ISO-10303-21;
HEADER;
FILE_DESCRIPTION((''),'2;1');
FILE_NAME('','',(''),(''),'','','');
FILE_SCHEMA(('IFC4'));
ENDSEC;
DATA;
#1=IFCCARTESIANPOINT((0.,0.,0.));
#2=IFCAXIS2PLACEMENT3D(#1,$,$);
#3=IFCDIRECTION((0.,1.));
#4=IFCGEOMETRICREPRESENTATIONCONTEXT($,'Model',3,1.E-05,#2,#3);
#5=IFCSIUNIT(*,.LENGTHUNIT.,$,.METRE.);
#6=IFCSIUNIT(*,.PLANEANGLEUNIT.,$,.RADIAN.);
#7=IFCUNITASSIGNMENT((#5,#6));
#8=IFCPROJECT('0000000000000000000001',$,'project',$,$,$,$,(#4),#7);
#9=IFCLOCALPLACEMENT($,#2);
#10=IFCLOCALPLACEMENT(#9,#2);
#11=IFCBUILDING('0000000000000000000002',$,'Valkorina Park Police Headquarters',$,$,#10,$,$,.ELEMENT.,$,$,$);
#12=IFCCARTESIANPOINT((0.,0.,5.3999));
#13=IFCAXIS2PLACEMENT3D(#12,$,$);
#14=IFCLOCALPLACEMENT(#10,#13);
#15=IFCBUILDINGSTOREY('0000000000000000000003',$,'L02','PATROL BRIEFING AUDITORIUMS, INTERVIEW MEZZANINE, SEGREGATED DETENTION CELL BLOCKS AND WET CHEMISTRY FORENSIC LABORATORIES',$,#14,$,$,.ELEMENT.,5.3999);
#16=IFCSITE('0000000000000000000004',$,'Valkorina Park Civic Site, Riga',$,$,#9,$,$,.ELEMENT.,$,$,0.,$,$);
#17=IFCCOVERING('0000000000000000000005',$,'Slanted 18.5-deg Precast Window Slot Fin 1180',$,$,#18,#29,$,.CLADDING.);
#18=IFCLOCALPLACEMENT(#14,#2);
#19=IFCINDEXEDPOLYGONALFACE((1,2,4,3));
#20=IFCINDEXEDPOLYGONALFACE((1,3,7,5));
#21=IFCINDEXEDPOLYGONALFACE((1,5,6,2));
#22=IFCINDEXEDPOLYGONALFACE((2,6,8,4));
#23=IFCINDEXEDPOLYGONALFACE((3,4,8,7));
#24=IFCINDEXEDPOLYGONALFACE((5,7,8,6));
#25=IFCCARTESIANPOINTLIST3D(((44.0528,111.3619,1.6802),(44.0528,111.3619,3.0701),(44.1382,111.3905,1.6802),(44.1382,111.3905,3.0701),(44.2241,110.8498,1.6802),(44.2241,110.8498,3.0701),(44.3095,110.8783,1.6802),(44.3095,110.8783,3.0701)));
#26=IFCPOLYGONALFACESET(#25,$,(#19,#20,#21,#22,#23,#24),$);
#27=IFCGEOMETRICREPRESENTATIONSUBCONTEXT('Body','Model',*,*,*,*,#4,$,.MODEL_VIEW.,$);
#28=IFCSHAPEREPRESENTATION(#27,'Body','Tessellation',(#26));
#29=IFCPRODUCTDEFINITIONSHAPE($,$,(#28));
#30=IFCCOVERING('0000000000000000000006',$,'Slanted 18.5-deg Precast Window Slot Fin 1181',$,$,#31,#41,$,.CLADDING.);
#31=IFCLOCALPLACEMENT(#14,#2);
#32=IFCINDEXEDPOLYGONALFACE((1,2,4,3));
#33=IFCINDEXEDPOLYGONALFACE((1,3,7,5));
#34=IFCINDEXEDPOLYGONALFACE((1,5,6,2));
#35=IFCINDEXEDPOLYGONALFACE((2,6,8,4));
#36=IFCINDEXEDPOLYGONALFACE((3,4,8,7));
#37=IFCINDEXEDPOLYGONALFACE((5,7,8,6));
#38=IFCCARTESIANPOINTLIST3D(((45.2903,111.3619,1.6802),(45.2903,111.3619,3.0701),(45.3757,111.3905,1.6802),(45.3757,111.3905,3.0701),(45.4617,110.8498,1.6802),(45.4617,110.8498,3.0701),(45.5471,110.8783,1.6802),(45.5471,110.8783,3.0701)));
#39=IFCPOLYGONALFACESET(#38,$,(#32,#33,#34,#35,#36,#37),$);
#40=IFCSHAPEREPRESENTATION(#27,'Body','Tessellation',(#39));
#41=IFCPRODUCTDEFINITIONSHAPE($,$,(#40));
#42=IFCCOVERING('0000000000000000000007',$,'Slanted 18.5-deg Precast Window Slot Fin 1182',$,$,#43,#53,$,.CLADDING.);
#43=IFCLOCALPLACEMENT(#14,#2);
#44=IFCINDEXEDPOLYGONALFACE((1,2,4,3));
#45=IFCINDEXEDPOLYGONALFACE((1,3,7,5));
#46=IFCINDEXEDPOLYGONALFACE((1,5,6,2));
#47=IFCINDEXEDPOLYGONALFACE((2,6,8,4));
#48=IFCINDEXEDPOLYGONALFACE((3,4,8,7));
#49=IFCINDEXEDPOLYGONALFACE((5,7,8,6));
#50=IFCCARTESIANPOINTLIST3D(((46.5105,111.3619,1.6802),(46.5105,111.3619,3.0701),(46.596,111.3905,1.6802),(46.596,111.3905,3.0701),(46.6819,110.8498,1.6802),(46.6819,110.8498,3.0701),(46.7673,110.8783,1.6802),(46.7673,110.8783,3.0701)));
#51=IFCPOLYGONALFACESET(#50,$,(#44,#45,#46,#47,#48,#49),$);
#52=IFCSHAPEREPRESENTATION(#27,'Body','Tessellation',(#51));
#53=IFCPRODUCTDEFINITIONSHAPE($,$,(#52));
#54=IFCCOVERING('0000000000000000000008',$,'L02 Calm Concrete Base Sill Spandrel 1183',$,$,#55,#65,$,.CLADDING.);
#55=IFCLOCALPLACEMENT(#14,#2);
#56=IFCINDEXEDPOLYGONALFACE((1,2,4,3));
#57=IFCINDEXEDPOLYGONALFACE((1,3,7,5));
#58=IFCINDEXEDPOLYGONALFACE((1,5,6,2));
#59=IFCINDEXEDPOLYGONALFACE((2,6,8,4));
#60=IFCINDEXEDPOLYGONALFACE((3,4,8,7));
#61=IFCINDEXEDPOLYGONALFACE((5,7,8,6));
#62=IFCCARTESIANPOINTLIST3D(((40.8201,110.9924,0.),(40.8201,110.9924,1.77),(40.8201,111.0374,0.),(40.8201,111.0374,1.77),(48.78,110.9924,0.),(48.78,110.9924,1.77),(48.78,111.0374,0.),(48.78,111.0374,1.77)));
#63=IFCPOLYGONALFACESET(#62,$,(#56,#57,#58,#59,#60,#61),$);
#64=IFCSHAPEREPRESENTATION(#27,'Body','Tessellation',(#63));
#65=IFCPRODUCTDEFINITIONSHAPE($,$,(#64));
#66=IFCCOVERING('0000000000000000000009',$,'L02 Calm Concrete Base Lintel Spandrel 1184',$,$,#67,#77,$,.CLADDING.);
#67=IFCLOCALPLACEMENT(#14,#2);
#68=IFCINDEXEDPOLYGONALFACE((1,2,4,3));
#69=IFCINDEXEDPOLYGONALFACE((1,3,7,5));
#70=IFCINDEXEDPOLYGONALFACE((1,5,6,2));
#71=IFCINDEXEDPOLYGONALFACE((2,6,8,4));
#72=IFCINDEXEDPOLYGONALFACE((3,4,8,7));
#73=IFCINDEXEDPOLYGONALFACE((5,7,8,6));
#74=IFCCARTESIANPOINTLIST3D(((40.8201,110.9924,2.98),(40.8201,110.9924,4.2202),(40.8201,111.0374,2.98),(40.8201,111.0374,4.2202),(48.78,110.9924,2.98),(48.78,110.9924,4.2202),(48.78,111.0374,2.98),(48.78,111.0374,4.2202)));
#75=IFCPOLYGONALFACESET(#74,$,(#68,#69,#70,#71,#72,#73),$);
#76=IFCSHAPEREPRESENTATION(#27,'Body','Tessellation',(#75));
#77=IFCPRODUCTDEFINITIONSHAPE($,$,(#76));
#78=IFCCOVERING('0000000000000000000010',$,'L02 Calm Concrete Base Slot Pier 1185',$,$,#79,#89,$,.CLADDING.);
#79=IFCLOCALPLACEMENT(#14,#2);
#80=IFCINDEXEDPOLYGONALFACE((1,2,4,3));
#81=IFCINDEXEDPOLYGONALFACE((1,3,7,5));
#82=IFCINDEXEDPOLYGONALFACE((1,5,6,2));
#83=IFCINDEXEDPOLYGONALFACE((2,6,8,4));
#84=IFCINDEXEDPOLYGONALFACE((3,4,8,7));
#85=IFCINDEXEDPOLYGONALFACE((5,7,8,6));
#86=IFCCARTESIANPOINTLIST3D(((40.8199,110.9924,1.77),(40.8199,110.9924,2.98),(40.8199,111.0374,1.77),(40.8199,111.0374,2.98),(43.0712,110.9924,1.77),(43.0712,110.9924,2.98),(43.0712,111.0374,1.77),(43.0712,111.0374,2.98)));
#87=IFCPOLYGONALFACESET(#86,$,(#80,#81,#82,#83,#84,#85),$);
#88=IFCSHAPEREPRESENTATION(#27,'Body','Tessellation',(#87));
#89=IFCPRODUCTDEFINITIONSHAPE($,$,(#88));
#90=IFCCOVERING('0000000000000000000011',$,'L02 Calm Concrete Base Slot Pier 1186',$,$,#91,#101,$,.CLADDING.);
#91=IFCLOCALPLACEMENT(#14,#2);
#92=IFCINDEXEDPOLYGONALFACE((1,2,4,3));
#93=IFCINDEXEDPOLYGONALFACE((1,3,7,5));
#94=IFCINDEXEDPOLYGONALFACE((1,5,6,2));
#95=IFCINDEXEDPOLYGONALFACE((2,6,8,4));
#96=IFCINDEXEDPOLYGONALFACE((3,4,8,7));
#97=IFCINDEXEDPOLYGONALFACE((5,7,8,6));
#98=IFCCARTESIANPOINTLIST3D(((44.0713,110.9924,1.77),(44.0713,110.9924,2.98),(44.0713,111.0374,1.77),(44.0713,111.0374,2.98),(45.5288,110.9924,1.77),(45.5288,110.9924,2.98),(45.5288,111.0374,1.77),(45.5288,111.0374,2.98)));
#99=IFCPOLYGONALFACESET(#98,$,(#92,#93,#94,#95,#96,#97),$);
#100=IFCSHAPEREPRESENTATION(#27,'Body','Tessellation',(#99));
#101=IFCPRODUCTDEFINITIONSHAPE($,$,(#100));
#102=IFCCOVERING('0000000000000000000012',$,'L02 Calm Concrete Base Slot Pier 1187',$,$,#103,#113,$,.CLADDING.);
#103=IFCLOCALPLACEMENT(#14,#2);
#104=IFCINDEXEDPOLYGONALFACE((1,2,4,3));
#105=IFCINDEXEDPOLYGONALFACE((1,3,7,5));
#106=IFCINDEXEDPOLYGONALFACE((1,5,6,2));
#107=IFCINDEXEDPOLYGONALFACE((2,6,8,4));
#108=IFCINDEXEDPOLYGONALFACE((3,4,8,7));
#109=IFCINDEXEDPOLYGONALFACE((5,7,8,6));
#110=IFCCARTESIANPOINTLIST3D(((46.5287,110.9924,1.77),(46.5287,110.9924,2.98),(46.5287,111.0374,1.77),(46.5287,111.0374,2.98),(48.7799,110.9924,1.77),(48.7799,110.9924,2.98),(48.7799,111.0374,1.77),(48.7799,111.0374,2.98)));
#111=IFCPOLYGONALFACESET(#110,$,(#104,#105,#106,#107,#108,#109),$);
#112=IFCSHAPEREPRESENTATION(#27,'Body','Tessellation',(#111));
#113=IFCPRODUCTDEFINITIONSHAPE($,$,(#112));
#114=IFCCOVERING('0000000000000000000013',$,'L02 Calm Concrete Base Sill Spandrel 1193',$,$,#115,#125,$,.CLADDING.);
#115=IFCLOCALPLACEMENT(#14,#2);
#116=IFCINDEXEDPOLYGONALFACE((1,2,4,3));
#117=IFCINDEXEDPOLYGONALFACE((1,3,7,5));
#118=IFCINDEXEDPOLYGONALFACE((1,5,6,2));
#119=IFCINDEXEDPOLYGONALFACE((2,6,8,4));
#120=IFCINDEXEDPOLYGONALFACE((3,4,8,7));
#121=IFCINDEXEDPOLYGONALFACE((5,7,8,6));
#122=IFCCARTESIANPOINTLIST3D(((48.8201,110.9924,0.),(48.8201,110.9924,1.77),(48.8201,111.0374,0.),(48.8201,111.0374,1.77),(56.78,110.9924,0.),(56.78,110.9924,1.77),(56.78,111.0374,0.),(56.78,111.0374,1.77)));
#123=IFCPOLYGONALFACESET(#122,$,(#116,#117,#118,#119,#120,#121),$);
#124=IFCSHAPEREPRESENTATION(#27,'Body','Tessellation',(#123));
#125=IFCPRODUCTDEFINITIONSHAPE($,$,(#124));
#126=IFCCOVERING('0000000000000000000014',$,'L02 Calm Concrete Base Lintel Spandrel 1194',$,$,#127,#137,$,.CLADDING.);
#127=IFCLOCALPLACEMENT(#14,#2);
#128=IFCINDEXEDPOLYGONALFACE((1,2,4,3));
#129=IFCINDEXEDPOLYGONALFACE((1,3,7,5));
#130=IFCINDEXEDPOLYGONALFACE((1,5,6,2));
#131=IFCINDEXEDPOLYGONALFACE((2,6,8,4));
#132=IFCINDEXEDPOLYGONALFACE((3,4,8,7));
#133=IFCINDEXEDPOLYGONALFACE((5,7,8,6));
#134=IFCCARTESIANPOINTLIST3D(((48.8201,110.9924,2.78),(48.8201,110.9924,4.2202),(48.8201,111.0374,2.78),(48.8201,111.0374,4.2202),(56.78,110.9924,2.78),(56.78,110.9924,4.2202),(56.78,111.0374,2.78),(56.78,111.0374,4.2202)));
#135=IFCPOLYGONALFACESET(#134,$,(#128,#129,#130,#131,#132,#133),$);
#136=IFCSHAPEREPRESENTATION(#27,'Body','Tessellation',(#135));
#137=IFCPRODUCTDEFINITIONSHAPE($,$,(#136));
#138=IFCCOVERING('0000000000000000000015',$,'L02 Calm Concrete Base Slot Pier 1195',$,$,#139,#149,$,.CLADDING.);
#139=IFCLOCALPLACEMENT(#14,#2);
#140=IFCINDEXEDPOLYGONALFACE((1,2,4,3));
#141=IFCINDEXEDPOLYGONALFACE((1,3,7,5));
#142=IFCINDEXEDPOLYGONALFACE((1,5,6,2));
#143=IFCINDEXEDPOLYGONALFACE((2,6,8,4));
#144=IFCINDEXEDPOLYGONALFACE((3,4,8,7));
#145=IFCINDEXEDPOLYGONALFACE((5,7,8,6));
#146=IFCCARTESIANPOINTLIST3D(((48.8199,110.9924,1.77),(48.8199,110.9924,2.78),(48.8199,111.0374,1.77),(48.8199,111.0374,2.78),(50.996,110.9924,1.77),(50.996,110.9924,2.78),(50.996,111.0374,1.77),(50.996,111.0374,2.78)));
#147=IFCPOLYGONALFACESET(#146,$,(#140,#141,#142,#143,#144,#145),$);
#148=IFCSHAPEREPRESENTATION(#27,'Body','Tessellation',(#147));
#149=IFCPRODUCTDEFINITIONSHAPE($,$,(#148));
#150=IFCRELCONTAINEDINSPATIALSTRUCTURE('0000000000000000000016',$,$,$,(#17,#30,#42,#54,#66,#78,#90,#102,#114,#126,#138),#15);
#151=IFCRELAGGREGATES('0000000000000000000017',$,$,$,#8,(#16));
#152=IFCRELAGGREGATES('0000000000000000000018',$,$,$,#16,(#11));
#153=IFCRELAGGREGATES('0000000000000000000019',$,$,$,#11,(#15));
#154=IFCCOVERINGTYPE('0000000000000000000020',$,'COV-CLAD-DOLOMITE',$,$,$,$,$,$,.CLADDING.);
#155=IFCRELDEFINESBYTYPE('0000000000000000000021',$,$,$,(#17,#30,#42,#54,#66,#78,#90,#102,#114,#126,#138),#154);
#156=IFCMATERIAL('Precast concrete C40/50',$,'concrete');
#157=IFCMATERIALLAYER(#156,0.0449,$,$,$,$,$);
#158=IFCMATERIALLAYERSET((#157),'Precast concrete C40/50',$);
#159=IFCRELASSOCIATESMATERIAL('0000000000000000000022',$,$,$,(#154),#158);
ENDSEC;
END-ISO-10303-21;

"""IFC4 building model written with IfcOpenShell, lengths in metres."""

from ifc_helpers import new_model, si_unit, direction, frame, frame_2d, origin, origin_2d, place, context, subcontext, project, spatial, rectangle, extrude, material, layer, layer_set, type_object, element, save


model = new_model("IFC4")

# Units and contexts
model_context = context("Model", 3, precision=1e-05, world=origin(), true_north=direction((0.0, 1.0)))
body_context = subcontext(model_context, "Body", "Model", "MODEL_VIEW")
ifc_project = project(units=[si_unit("LENGTHUNIT", "METRE"), si_unit("PLANEANGLEUNIT", "RADIAN")], contexts=[model_context])

# Site, building, storey
site_placement = place(None, origin())
site = spatial("IfcSite", under=ifc_project, at=site_placement, Name="Valkorina Park Civic Site, Riga", CompositionType="ELEMENT", RefElevation=0.0)
building_placement = place(site_placement, origin())
building = spatial("IfcBuilding", under=site, at=building_placement, Name="Valkorina Park Police Headquarters", CompositionType="ELEMENT")
storey_placement = place(building_placement, frame((0.0, 0.0, 5.3999)))
storey = spatial("IfcBuildingStorey", under=building, at=storey_placement, Name="L02", Description="PATROL BRIEFING AUDITORIUMS, INTERVIEW MEZZANINE, SEGREGATED DETENTION CELL BLOCKS AND WET CHEMISTRY FORENSIC LABORATORIES", CompositionType="ELEMENT", Elevation=5.3999)

# Shared definitions
ifc_material_1 = material(Name="Precast concrete C40/50", Category="concrete")

# Coverings
ifc_layer_1 = layer(ifc_material_1, 0.0449)
ifc_layer_set_1 = layer_set([ifc_layer_1], Name="Precast concrete C40/50")
covering_type = type_object("IfcCoveringType", Name="COV-CLAD-DOLOMITE", PredefinedType="CLADDING", material=ifc_layer_set_1)
for number, where, z_axis, x_axis, name in (
    (1, (44.1812, 111.1201, 1.6802), (0.0, 0.0, 1.0), (-0.317305, 0.948324, 0.0), "Slanted 18.5-deg Precast Window Slot Fin 1180"),
    (2, (45.4187, 111.1201, 1.6802), (0.0, 0.0, 1.0), (-0.317305, 0.948324, 0.0), "Slanted 18.5-deg Precast Window Slot Fin 1181"),
    (3, (46.6389, 111.1201, 1.6802), (0.0, 0.0, 1.0), (-0.317305, 0.948324, 0.0), "Slanted 18.5-deg Precast Window Slot Fin 1182"),
):
    element("IfcCovering", number, at=place(storey_placement, frame(where, z_axis=z_axis, x_axis=x_axis)), inside=storey, type_object=covering_type, Name=name, PredefinedType="CLADDING", context=body_context, shape_type="SweptSolid", body=[
        extrude(rectangle(XDim=0.54, YDim=0.0901, at=origin_2d()), origin(), (0.0, 0.0, 1.0), 1.3899),
    ])
covering_1_placement = place(storey_placement, frame((40.8201, 111.0149, 0.0), z_axis=(0.0, 0.0, 1.0), x_axis=(1.0, 0.0, 0.0)))
element("IfcCovering", 4, at=covering_1_placement, inside=storey, type_object=covering_type, Name="L02 Calm Concrete Base Sill Spandrel 1183", PredefinedType="CLADDING", context=body_context, shape_type="SweptSolid", body=[
    extrude(rectangle(XDim=7.96, YDim=0.0449, at=frame_2d((3.98, 0.0))), origin(), (0.0, 0.0, 1.0), 1.77),
])
covering_2_placement = place(storey_placement, frame((40.8201, 111.0149, 2.98), z_axis=(0.0, 0.0, 1.0), x_axis=(1.0, 0.0, 0.0)))
element("IfcCovering", 5, at=covering_2_placement, inside=storey, type_object=covering_type, Name="L02 Calm Concrete Base Lintel Spandrel 1184", PredefinedType="CLADDING", context=body_context, shape_type="SweptSolid", body=[
    extrude(rectangle(XDim=7.96, YDim=0.0449, at=frame_2d((3.98, 0.0))), origin(), (0.0, 0.0, 1.0), 1.2402),
])
covering_3_placement = place(storey_placement, frame((40.8201, 111.0149, 1.77), z_axis=(0.0, 0.0, 1.0), x_axis=(1.0, 0.0, 0.0)))
element("IfcCovering", 6, at=covering_3_placement, inside=storey, type_object=covering_type, Name="L02 Calm Concrete Base Slot Pier 1185", PredefinedType="CLADDING", context=body_context, shape_type="SweptSolid", body=[
    extrude(rectangle(XDim=2.2512, YDim=0.0449, at=frame_2d((1.1255, 0.0))), origin(), (0.0, 0.0, 1.0), 1.21),
])
covering_4_placement = place(storey_placement, frame((44.0713, 111.0149, 1.77), z_axis=(0.0, 0.0, 1.0), x_axis=(1.0, 0.0, 0.0)))
element("IfcCovering", 7, at=covering_4_placement, inside=storey, type_object=covering_type, Name="L02 Calm Concrete Base Slot Pier 1186", PredefinedType="CLADDING", context=body_context, shape_type="SweptSolid", body=[
    extrude(rectangle(XDim=1.4575, YDim=0.0449, at=frame_2d((0.7288, 0.0))), origin(), (0.0, 0.0, 1.0), 1.21),
])
covering_5_placement = place(storey_placement, frame((46.5288, 111.0149, 1.77), z_axis=(0.0, 0.0, 1.0), x_axis=(1.0, 0.0, 0.0)))
element("IfcCovering", 8, at=covering_5_placement, inside=storey, type_object=covering_type, Name="L02 Calm Concrete Base Slot Pier 1187", PredefinedType="CLADDING", context=body_context, shape_type="SweptSolid", body=[
    extrude(rectangle(XDim=2.2512, YDim=0.0449, at=frame_2d((1.1255, 0.0))), origin(), (0.0, 0.0, 1.0), 1.21),
])
covering_6_placement = place(storey_placement, frame((48.8201, 111.0149, 0.0), z_axis=(0.0, 0.0, 1.0), x_axis=(1.0, 0.0, 0.0)))
element("IfcCovering", 9, at=covering_6_placement, inside=storey, type_object=covering_type, Name="L02 Calm Concrete Base Sill Spandrel 1193", PredefinedType="CLADDING", context=body_context, shape_type="SweptSolid", body=[
    extrude(rectangle(XDim=7.96, YDim=0.0449, at=frame_2d((3.98, 0.0))), origin(), (0.0, 0.0, 1.0), 1.77),
])
covering_7_placement = place(storey_placement, frame((48.8201, 111.0149, 2.78), z_axis=(0.0, 0.0, 1.0), x_axis=(1.0, 0.0, 0.0)))
element("IfcCovering", 10, at=covering_7_placement, inside=storey, type_object=covering_type, Name="L02 Calm Concrete Base Lintel Spandrel 1194", PredefinedType="CLADDING", context=body_context, shape_type="SweptSolid", body=[
    extrude(rectangle(XDim=7.96, YDim=0.0449, at=frame_2d((3.98, 0.0))), origin(), (0.0, 0.0, 1.0), 1.4402),
])
covering_8_placement = place(storey_placement, frame((48.8201, 111.0149, 1.77), z_axis=(0.0, 0.0, 1.0), x_axis=(1.0, 0.0, 0.0)))
element("IfcCovering", 11, at=covering_8_placement, inside=storey, type_object=covering_type, Name="L02 Calm Concrete Base Slot Pier 1195", PredefinedType="CLADDING", context=body_context, shape_type="SweptSolid", body=[
    extrude(rectangle(XDim=2.176, YDim=0.0449, at=frame_2d((1.0879, 0.0))), origin(), (0.0, 0.0, 1.0), 1.01),
])

save(model, "model.ifc")
